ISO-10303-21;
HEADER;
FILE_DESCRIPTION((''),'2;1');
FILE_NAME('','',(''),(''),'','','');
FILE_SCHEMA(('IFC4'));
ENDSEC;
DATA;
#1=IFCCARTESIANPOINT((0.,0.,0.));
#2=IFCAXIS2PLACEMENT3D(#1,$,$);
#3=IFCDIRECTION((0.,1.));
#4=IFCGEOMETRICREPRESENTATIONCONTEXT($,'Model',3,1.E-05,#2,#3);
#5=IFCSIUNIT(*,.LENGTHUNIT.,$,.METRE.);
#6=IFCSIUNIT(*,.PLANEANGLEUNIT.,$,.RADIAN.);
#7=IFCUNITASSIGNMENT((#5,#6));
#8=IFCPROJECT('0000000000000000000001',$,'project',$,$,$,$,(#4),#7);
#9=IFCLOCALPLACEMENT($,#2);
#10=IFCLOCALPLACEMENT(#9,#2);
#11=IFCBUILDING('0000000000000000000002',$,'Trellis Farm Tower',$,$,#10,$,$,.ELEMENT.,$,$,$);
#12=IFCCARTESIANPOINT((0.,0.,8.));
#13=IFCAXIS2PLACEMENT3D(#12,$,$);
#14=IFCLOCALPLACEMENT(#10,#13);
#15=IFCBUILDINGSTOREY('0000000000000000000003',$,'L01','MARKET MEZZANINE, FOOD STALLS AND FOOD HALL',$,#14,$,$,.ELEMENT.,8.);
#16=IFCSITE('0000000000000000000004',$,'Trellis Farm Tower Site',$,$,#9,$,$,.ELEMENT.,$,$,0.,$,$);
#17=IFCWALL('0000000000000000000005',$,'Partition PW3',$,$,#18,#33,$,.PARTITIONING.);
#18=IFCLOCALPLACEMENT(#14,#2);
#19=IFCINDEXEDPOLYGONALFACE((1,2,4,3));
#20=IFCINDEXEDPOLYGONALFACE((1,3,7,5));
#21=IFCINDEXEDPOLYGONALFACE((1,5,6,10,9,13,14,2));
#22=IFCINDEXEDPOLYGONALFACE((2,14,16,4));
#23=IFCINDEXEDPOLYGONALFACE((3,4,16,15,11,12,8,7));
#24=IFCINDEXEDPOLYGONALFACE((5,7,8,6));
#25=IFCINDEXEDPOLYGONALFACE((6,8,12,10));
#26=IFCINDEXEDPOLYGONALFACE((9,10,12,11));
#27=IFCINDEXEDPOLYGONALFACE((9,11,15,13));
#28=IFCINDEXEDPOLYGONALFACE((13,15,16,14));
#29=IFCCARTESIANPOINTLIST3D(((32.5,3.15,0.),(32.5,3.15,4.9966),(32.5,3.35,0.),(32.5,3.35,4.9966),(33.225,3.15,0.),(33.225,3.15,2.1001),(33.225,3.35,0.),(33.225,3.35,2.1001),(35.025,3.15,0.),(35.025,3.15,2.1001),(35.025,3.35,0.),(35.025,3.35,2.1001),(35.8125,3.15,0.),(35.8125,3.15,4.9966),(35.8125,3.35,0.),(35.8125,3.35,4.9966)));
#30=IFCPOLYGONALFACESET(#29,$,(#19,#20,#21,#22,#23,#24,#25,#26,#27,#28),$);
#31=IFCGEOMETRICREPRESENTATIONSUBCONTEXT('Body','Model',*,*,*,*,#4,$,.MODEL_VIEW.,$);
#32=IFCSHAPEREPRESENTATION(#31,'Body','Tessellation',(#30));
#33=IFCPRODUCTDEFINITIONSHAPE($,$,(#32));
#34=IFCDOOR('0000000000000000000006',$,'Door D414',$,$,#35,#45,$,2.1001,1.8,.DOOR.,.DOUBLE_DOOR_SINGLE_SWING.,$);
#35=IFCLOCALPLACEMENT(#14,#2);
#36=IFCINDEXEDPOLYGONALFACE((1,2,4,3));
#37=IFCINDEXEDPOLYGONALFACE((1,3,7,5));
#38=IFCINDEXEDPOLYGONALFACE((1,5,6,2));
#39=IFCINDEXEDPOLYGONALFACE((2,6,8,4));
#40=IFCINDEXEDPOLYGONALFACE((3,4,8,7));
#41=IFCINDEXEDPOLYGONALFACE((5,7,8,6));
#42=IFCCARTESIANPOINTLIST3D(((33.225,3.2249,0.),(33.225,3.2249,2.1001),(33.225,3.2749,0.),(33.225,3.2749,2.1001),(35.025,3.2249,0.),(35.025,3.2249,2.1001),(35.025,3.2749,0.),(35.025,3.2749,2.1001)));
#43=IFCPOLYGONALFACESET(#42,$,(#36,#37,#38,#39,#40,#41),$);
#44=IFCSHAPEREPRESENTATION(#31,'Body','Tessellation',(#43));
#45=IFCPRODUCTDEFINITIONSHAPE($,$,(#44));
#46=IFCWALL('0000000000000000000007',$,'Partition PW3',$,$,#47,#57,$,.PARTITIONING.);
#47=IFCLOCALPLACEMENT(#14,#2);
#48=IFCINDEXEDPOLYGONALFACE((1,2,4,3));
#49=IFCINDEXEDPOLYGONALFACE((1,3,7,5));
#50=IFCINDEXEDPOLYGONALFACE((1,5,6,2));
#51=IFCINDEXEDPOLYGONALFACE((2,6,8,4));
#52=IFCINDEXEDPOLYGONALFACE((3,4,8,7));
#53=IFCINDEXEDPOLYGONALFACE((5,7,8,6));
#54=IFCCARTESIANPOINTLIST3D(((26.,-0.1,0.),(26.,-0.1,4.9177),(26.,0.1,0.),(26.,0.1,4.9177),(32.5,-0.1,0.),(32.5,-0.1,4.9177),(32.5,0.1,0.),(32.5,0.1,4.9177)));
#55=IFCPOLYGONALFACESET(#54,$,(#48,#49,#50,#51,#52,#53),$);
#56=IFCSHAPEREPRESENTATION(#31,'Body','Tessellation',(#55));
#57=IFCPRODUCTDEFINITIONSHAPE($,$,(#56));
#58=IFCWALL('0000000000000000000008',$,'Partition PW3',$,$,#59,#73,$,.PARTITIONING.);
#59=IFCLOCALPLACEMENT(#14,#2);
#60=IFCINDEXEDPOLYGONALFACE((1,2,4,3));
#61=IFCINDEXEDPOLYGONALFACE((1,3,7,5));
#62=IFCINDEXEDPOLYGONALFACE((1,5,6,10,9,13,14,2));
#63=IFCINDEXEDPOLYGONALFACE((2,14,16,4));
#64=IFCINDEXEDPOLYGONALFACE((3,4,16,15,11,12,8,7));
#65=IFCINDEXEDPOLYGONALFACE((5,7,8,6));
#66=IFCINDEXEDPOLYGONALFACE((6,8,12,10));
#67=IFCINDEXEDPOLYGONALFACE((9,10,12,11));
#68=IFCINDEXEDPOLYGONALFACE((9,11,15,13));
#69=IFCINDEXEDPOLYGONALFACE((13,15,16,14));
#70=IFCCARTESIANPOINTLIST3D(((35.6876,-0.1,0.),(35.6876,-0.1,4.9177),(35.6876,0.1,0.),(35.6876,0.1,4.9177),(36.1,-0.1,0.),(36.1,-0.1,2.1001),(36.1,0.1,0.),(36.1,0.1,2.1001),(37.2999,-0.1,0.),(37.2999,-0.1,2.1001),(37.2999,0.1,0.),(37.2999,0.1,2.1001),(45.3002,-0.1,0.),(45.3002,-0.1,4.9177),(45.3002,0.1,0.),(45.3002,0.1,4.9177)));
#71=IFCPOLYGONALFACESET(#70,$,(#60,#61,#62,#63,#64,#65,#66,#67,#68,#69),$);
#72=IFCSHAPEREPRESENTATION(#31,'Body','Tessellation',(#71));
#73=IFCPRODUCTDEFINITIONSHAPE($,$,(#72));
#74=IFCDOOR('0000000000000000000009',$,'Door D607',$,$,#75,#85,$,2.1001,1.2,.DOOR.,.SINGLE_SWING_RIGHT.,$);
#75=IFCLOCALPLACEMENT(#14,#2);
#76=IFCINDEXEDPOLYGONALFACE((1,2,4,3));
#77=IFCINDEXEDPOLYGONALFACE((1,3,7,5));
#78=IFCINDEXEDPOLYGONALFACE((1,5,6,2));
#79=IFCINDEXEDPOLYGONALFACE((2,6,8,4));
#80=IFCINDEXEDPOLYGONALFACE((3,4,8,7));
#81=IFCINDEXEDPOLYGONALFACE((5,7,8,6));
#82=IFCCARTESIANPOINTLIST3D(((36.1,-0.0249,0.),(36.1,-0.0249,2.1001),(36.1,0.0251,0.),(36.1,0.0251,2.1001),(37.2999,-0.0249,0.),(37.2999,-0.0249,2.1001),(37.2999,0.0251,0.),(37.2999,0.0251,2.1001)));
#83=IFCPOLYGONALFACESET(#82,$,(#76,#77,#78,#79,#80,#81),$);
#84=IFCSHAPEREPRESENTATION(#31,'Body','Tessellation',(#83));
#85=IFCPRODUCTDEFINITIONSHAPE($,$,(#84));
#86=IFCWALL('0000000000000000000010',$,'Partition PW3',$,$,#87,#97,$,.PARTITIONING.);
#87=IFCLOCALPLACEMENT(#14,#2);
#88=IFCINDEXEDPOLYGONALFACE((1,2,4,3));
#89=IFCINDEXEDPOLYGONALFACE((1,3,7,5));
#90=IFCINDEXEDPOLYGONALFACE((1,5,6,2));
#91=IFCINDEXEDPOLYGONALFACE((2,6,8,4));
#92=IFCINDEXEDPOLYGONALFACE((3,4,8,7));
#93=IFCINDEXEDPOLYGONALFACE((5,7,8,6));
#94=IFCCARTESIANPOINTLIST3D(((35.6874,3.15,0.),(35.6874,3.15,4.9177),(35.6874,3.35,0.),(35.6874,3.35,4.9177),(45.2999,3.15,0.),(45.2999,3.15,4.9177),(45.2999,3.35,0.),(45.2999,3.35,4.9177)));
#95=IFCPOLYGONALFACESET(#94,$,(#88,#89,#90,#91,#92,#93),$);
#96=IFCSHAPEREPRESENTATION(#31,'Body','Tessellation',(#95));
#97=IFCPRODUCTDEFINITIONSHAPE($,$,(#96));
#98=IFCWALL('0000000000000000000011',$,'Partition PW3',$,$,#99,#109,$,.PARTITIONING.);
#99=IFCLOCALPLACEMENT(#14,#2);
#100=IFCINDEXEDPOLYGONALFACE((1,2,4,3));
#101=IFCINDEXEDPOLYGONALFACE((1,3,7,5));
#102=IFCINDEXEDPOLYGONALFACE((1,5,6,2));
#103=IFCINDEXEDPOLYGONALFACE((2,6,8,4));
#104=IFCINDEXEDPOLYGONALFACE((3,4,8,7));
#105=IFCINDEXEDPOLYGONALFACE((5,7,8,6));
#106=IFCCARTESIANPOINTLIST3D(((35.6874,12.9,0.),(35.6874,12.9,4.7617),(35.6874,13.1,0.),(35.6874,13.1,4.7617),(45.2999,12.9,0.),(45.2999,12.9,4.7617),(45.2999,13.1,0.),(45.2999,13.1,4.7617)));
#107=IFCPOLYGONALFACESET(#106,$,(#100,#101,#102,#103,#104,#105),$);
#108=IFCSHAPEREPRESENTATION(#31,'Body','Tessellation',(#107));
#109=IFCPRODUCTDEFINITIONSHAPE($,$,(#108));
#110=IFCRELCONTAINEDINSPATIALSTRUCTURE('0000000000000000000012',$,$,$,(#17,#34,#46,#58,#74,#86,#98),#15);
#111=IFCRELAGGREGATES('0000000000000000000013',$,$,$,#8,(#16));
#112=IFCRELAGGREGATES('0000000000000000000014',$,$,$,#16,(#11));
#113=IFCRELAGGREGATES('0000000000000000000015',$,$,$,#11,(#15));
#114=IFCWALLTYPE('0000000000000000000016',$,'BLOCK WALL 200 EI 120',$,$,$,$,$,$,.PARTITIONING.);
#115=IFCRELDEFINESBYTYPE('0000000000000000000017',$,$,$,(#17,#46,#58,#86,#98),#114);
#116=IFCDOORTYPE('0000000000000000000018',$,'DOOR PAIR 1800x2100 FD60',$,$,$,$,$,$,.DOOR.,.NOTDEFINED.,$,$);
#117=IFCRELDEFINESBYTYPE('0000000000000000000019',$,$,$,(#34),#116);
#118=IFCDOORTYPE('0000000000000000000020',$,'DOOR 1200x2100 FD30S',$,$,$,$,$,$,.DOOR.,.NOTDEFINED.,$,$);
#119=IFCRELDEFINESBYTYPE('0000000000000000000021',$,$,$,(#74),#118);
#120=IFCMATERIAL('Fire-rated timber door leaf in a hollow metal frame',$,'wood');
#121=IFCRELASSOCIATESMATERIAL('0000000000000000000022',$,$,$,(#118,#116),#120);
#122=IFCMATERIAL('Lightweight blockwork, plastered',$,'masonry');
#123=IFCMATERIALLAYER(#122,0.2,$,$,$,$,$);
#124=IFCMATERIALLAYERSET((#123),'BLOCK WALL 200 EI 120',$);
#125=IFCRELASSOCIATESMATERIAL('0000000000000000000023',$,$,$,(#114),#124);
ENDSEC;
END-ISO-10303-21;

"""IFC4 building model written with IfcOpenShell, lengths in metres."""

from ifc_helpers import new_model, si_unit, direction, frame, frame_2d, origin, place, context, subcontext, project, spatial, rectangle, extrude, source, transform, mapped, material, layer, layer_set, type_object, element, fill, save


model = new_model("IFC4")

# Units and contexts
model_context = context("Model", 3, precision=1e-05, world=origin(), true_north=direction((0.0, 1.0)))
body_context = subcontext(model_context, "Body", "Model", "MODEL_VIEW")
ifc_project = project(units=[si_unit("LENGTHUNIT", "METRE"), si_unit("PLANEANGLEUNIT", "RADIAN")], contexts=[model_context])

# Site, building, storey
site_placement = place(None, origin())
site = spatial("IfcSite", under=ifc_project, at=site_placement, Name="Trellis Farm Tower Site", CompositionType="ELEMENT", RefElevation=0.0)
building_placement = place(site_placement, origin())
building = spatial("IfcBuilding", under=site, at=building_placement, Name="Trellis Farm Tower", CompositionType="ELEMENT")
storey_placement = place(building_placement, frame((0.0, 0.0, 8.0)))
storey = spatial("IfcBuildingStorey", under=building, at=storey_placement, Name="L01", Description="MARKET MEZZANINE, FOOD STALLS AND FOOD HALL", CompositionType="ELEMENT", Elevation=8.0)

# Wall, opening, door
ifc_material_1 = material(Name="Fire-rated timber door leaf in a hollow metal frame", Category="wood")
door_type_1 = type_object("IfcDoorType", Name="DOOR 1200x2100 FD30S", OperationType="NOTDEFINED", PredefinedType="DOOR", material=ifc_material_1)
shared_shape_1 = source(origin(), body_context, "Body", "SweptSolid", [
    extrude(rectangle(XDim=1.2, YDim=2.1001, at=frame_2d((0.6001, 1.05))), frame((0.0, 0.0249, 0.0), z_axis=(0.0, -1.0, 0.0), x_axis=(1.0, 0.0, 0.0)), (0.0, 0.0, 1.0), 0.05),
])
ifc_material_2 = material(Name="Lightweight blockwork, plastered", Category="masonry")
ifc_layer_1 = layer(ifc_material_2, 0.2)
ifc_layer_set_1 = layer_set([ifc_layer_1], Name="BLOCK WALL 200 EI 120")
wall_type_1 = type_object("IfcWallType", Name="BLOCK WALL 200 EI 120", PredefinedType="PARTITIONING", material=ifc_layer_set_1)
shared_shape_2 = source(origin(), body_context, "Body", "SweptSolid", [
    extrude(rectangle(XDim=3.3125, YDim=0.2, at=frame_2d((1.6562, 0.0))), origin(), (0.0, 0.0, 1.0), 4.9966),
])
shared_shape_3 = source(origin(), body_context, "Body", "SweptSolid", [
    extrude(rectangle(XDim=1.8, YDim=2.1001, at=frame_2d((0.8999, 1.05))), frame((0.0, 0.1101, 0.0), z_axis=(0.0, -1.0, 0.0), x_axis=(1.0, 0.0, 0.0)), (0.0, 0.0, 1.0), 0.2202),
])
door_type_2 = type_object("IfcDoorType", Name="DOOR PAIR 1800x2100 FD60", OperationType="NOTDEFINED", PredefinedType="DOOR", material=ifc_material_1)
shared_shape_4 = source(origin(), body_context, "Body", "SweptSolid", [
    extrude(rectangle(XDim=1.8, YDim=2.1001, at=frame_2d((0.8999, 1.05))), frame((0.0, 0.0249, 0.0), z_axis=(0.0, -1.0, 0.0), x_axis=(1.0, 0.0, 0.0)), (0.0, 0.0, 1.0), 0.05),
])
wall_1_placement = place(storey_placement, frame((32.5, 3.25, 0.0), z_axis=(0.0, 0.0, 1.0), x_axis=(1.0, 0.0, 0.0)))
wall_1 = element("IfcWall", 1, at=wall_1_placement, inside=storey, type_object=wall_type_1, Name="Partition PW3", PredefinedType="PARTITIONING", context=body_context, shape_type="MappedRepresentation", body=[
    mapped(shared_shape_2, transform((0.0, 0.0, 0.0))),
])
opening_1_placement = place(wall_1_placement, frame((0.7251, 0.0, 0.0)))
opening_1 = element("IfcOpeningElement", 2, at=opening_1_placement, cuts=wall_1, PredefinedType="OPENING", context=body_context, shape_type="MappedRepresentation", body=[
    mapped(shared_shape_3, transform((0.0, 0.0, 0.0))),
])
door_1_placement = place(opening_1_placement, origin())
door_1 = element("IfcDoor", 3, at=door_1_placement, inside=storey, type_object=door_type_2, Name="Door D414", OperationType="DOUBLE_DOOR_SINGLE_SWING", OverallHeight=2.1001, OverallWidth=1.8, PredefinedType="DOOR", context=body_context, shape_type="MappedRepresentation", body=[
    mapped(shared_shape_4, transform((0.0, 0.0, 0.0))),
])
fill(opening_1, door_1)

# Wall
shared_shape_5 = source(origin(), body_context, "Body", "SweptSolid", [
    extrude(rectangle(XDim=6.5, YDim=0.2, at=frame_2d((3.25, 0.0))), origin(), (0.0, 0.0, 1.0), 4.9177),
])
wall_2_placement = place(storey_placement, frame((32.5, 0.0, 0.0), z_axis=(0.0, 0.0, 1.0), x_axis=(-1.0, 0.0, 0.0)))
element("IfcWall", 4, at=wall_2_placement, inside=storey, type_object=wall_type_1, Name="Partition PW3", PredefinedType="PARTITIONING", context=body_context, shape_type="MappedRepresentation", body=[
    mapped(shared_shape_5, transform((0.0, 0.0, 0.0))),
])

# Wall, opening, door
shared_shape_6 = source(origin(), body_context, "Body", "SweptSolid", [
    extrude(rectangle(XDim=9.6125, YDim=0.2, at=frame_2d((4.8062, 0.0))), origin(), (0.0, 0.0, 1.0), 4.9177),
])
wall_3_placement = place(storey_placement, frame((45.3, 0.0, 0.0), z_axis=(0.0, 0.0, 1.0), x_axis=(-1.0, 0.0, 0.0)))
wall_3 = element("IfcWall", 5, at=wall_3_placement, inside=storey, type_object=wall_type_1, Name="Partition PW3", PredefinedType="PARTITIONING", context=body_context, shape_type="MappedRepresentation", body=[
    mapped(shared_shape_6, transform((0.0, 0.0, 0.0))),
])
shared_shape_7 = source(origin(), body_context, "Body", "SweptSolid", [
    extrude(rectangle(XDim=1.2, YDim=2.1001, at=frame_2d((0.6001, 1.05))), frame((0.0, 0.1101, 0.0), z_axis=(0.0, -1.0, 0.0), x_axis=(1.0, 0.0, 0.0)), (0.0, 0.0, 1.0), 0.2202),
])
opening_2_placement = place(wall_3_placement, frame((8.0, 0.0, 0.0)))
opening_2 = element("IfcOpeningElement", 6, at=opening_2_placement, cuts=wall_3, PredefinedType="OPENING", context=body_context, shape_type="MappedRepresentation", body=[
    mapped(shared_shape_7, transform((0.0, 0.0, 0.0))),
])
door_2_placement = place(opening_2_placement, origin())
door_2 = element("IfcDoor", 7, at=door_2_placement, inside=storey, type_object=door_type_1, Name="Door D607", OperationType="SINGLE_SWING_RIGHT", OverallHeight=2.1001, OverallWidth=1.2, PredefinedType="DOOR", context=body_context, shape_type="MappedRepresentation", body=[
    mapped(shared_shape_1, transform((0.0, 0.0, 0.0))),
])
fill(opening_2, door_2)

# Walls
wall_4_placement = place(storey_placement, frame((35.6875, 3.25, 0.0), z_axis=(0.0, 0.0, 1.0), x_axis=(1.0, 0.0, 0.0)))
element("IfcWall", 8, at=wall_4_placement, inside=storey, type_object=wall_type_1, Name="Partition PW3", PredefinedType="PARTITIONING", context=body_context, shape_type="MappedRepresentation", body=[
    mapped(shared_shape_6, transform((0.0, 0.0, 0.0))),
])
shared_shape_8 = source(origin(), body_context, "Body", "SweptSolid", [
    extrude(rectangle(XDim=9.6125, YDim=0.2, at=frame_2d((4.8062, 0.0))), origin(), (0.0, 0.0, 1.0), 4.7617),
])
wall_5_placement = place(storey_placement, frame((35.6875, 13.0, 0.0), z_axis=(0.0, 0.0, 1.0), x_axis=(1.0, 0.0, 0.0)))
element("IfcWall", 9, at=wall_5_placement, inside=storey, type_object=wall_type_1, Name="Partition PW3", PredefinedType="PARTITIONING", context=body_context, shape_type="MappedRepresentation", body=[
    mapped(shared_shape_8, transform((0.0, 0.0, 0.0))),
])

save(model, "model.ifc")
